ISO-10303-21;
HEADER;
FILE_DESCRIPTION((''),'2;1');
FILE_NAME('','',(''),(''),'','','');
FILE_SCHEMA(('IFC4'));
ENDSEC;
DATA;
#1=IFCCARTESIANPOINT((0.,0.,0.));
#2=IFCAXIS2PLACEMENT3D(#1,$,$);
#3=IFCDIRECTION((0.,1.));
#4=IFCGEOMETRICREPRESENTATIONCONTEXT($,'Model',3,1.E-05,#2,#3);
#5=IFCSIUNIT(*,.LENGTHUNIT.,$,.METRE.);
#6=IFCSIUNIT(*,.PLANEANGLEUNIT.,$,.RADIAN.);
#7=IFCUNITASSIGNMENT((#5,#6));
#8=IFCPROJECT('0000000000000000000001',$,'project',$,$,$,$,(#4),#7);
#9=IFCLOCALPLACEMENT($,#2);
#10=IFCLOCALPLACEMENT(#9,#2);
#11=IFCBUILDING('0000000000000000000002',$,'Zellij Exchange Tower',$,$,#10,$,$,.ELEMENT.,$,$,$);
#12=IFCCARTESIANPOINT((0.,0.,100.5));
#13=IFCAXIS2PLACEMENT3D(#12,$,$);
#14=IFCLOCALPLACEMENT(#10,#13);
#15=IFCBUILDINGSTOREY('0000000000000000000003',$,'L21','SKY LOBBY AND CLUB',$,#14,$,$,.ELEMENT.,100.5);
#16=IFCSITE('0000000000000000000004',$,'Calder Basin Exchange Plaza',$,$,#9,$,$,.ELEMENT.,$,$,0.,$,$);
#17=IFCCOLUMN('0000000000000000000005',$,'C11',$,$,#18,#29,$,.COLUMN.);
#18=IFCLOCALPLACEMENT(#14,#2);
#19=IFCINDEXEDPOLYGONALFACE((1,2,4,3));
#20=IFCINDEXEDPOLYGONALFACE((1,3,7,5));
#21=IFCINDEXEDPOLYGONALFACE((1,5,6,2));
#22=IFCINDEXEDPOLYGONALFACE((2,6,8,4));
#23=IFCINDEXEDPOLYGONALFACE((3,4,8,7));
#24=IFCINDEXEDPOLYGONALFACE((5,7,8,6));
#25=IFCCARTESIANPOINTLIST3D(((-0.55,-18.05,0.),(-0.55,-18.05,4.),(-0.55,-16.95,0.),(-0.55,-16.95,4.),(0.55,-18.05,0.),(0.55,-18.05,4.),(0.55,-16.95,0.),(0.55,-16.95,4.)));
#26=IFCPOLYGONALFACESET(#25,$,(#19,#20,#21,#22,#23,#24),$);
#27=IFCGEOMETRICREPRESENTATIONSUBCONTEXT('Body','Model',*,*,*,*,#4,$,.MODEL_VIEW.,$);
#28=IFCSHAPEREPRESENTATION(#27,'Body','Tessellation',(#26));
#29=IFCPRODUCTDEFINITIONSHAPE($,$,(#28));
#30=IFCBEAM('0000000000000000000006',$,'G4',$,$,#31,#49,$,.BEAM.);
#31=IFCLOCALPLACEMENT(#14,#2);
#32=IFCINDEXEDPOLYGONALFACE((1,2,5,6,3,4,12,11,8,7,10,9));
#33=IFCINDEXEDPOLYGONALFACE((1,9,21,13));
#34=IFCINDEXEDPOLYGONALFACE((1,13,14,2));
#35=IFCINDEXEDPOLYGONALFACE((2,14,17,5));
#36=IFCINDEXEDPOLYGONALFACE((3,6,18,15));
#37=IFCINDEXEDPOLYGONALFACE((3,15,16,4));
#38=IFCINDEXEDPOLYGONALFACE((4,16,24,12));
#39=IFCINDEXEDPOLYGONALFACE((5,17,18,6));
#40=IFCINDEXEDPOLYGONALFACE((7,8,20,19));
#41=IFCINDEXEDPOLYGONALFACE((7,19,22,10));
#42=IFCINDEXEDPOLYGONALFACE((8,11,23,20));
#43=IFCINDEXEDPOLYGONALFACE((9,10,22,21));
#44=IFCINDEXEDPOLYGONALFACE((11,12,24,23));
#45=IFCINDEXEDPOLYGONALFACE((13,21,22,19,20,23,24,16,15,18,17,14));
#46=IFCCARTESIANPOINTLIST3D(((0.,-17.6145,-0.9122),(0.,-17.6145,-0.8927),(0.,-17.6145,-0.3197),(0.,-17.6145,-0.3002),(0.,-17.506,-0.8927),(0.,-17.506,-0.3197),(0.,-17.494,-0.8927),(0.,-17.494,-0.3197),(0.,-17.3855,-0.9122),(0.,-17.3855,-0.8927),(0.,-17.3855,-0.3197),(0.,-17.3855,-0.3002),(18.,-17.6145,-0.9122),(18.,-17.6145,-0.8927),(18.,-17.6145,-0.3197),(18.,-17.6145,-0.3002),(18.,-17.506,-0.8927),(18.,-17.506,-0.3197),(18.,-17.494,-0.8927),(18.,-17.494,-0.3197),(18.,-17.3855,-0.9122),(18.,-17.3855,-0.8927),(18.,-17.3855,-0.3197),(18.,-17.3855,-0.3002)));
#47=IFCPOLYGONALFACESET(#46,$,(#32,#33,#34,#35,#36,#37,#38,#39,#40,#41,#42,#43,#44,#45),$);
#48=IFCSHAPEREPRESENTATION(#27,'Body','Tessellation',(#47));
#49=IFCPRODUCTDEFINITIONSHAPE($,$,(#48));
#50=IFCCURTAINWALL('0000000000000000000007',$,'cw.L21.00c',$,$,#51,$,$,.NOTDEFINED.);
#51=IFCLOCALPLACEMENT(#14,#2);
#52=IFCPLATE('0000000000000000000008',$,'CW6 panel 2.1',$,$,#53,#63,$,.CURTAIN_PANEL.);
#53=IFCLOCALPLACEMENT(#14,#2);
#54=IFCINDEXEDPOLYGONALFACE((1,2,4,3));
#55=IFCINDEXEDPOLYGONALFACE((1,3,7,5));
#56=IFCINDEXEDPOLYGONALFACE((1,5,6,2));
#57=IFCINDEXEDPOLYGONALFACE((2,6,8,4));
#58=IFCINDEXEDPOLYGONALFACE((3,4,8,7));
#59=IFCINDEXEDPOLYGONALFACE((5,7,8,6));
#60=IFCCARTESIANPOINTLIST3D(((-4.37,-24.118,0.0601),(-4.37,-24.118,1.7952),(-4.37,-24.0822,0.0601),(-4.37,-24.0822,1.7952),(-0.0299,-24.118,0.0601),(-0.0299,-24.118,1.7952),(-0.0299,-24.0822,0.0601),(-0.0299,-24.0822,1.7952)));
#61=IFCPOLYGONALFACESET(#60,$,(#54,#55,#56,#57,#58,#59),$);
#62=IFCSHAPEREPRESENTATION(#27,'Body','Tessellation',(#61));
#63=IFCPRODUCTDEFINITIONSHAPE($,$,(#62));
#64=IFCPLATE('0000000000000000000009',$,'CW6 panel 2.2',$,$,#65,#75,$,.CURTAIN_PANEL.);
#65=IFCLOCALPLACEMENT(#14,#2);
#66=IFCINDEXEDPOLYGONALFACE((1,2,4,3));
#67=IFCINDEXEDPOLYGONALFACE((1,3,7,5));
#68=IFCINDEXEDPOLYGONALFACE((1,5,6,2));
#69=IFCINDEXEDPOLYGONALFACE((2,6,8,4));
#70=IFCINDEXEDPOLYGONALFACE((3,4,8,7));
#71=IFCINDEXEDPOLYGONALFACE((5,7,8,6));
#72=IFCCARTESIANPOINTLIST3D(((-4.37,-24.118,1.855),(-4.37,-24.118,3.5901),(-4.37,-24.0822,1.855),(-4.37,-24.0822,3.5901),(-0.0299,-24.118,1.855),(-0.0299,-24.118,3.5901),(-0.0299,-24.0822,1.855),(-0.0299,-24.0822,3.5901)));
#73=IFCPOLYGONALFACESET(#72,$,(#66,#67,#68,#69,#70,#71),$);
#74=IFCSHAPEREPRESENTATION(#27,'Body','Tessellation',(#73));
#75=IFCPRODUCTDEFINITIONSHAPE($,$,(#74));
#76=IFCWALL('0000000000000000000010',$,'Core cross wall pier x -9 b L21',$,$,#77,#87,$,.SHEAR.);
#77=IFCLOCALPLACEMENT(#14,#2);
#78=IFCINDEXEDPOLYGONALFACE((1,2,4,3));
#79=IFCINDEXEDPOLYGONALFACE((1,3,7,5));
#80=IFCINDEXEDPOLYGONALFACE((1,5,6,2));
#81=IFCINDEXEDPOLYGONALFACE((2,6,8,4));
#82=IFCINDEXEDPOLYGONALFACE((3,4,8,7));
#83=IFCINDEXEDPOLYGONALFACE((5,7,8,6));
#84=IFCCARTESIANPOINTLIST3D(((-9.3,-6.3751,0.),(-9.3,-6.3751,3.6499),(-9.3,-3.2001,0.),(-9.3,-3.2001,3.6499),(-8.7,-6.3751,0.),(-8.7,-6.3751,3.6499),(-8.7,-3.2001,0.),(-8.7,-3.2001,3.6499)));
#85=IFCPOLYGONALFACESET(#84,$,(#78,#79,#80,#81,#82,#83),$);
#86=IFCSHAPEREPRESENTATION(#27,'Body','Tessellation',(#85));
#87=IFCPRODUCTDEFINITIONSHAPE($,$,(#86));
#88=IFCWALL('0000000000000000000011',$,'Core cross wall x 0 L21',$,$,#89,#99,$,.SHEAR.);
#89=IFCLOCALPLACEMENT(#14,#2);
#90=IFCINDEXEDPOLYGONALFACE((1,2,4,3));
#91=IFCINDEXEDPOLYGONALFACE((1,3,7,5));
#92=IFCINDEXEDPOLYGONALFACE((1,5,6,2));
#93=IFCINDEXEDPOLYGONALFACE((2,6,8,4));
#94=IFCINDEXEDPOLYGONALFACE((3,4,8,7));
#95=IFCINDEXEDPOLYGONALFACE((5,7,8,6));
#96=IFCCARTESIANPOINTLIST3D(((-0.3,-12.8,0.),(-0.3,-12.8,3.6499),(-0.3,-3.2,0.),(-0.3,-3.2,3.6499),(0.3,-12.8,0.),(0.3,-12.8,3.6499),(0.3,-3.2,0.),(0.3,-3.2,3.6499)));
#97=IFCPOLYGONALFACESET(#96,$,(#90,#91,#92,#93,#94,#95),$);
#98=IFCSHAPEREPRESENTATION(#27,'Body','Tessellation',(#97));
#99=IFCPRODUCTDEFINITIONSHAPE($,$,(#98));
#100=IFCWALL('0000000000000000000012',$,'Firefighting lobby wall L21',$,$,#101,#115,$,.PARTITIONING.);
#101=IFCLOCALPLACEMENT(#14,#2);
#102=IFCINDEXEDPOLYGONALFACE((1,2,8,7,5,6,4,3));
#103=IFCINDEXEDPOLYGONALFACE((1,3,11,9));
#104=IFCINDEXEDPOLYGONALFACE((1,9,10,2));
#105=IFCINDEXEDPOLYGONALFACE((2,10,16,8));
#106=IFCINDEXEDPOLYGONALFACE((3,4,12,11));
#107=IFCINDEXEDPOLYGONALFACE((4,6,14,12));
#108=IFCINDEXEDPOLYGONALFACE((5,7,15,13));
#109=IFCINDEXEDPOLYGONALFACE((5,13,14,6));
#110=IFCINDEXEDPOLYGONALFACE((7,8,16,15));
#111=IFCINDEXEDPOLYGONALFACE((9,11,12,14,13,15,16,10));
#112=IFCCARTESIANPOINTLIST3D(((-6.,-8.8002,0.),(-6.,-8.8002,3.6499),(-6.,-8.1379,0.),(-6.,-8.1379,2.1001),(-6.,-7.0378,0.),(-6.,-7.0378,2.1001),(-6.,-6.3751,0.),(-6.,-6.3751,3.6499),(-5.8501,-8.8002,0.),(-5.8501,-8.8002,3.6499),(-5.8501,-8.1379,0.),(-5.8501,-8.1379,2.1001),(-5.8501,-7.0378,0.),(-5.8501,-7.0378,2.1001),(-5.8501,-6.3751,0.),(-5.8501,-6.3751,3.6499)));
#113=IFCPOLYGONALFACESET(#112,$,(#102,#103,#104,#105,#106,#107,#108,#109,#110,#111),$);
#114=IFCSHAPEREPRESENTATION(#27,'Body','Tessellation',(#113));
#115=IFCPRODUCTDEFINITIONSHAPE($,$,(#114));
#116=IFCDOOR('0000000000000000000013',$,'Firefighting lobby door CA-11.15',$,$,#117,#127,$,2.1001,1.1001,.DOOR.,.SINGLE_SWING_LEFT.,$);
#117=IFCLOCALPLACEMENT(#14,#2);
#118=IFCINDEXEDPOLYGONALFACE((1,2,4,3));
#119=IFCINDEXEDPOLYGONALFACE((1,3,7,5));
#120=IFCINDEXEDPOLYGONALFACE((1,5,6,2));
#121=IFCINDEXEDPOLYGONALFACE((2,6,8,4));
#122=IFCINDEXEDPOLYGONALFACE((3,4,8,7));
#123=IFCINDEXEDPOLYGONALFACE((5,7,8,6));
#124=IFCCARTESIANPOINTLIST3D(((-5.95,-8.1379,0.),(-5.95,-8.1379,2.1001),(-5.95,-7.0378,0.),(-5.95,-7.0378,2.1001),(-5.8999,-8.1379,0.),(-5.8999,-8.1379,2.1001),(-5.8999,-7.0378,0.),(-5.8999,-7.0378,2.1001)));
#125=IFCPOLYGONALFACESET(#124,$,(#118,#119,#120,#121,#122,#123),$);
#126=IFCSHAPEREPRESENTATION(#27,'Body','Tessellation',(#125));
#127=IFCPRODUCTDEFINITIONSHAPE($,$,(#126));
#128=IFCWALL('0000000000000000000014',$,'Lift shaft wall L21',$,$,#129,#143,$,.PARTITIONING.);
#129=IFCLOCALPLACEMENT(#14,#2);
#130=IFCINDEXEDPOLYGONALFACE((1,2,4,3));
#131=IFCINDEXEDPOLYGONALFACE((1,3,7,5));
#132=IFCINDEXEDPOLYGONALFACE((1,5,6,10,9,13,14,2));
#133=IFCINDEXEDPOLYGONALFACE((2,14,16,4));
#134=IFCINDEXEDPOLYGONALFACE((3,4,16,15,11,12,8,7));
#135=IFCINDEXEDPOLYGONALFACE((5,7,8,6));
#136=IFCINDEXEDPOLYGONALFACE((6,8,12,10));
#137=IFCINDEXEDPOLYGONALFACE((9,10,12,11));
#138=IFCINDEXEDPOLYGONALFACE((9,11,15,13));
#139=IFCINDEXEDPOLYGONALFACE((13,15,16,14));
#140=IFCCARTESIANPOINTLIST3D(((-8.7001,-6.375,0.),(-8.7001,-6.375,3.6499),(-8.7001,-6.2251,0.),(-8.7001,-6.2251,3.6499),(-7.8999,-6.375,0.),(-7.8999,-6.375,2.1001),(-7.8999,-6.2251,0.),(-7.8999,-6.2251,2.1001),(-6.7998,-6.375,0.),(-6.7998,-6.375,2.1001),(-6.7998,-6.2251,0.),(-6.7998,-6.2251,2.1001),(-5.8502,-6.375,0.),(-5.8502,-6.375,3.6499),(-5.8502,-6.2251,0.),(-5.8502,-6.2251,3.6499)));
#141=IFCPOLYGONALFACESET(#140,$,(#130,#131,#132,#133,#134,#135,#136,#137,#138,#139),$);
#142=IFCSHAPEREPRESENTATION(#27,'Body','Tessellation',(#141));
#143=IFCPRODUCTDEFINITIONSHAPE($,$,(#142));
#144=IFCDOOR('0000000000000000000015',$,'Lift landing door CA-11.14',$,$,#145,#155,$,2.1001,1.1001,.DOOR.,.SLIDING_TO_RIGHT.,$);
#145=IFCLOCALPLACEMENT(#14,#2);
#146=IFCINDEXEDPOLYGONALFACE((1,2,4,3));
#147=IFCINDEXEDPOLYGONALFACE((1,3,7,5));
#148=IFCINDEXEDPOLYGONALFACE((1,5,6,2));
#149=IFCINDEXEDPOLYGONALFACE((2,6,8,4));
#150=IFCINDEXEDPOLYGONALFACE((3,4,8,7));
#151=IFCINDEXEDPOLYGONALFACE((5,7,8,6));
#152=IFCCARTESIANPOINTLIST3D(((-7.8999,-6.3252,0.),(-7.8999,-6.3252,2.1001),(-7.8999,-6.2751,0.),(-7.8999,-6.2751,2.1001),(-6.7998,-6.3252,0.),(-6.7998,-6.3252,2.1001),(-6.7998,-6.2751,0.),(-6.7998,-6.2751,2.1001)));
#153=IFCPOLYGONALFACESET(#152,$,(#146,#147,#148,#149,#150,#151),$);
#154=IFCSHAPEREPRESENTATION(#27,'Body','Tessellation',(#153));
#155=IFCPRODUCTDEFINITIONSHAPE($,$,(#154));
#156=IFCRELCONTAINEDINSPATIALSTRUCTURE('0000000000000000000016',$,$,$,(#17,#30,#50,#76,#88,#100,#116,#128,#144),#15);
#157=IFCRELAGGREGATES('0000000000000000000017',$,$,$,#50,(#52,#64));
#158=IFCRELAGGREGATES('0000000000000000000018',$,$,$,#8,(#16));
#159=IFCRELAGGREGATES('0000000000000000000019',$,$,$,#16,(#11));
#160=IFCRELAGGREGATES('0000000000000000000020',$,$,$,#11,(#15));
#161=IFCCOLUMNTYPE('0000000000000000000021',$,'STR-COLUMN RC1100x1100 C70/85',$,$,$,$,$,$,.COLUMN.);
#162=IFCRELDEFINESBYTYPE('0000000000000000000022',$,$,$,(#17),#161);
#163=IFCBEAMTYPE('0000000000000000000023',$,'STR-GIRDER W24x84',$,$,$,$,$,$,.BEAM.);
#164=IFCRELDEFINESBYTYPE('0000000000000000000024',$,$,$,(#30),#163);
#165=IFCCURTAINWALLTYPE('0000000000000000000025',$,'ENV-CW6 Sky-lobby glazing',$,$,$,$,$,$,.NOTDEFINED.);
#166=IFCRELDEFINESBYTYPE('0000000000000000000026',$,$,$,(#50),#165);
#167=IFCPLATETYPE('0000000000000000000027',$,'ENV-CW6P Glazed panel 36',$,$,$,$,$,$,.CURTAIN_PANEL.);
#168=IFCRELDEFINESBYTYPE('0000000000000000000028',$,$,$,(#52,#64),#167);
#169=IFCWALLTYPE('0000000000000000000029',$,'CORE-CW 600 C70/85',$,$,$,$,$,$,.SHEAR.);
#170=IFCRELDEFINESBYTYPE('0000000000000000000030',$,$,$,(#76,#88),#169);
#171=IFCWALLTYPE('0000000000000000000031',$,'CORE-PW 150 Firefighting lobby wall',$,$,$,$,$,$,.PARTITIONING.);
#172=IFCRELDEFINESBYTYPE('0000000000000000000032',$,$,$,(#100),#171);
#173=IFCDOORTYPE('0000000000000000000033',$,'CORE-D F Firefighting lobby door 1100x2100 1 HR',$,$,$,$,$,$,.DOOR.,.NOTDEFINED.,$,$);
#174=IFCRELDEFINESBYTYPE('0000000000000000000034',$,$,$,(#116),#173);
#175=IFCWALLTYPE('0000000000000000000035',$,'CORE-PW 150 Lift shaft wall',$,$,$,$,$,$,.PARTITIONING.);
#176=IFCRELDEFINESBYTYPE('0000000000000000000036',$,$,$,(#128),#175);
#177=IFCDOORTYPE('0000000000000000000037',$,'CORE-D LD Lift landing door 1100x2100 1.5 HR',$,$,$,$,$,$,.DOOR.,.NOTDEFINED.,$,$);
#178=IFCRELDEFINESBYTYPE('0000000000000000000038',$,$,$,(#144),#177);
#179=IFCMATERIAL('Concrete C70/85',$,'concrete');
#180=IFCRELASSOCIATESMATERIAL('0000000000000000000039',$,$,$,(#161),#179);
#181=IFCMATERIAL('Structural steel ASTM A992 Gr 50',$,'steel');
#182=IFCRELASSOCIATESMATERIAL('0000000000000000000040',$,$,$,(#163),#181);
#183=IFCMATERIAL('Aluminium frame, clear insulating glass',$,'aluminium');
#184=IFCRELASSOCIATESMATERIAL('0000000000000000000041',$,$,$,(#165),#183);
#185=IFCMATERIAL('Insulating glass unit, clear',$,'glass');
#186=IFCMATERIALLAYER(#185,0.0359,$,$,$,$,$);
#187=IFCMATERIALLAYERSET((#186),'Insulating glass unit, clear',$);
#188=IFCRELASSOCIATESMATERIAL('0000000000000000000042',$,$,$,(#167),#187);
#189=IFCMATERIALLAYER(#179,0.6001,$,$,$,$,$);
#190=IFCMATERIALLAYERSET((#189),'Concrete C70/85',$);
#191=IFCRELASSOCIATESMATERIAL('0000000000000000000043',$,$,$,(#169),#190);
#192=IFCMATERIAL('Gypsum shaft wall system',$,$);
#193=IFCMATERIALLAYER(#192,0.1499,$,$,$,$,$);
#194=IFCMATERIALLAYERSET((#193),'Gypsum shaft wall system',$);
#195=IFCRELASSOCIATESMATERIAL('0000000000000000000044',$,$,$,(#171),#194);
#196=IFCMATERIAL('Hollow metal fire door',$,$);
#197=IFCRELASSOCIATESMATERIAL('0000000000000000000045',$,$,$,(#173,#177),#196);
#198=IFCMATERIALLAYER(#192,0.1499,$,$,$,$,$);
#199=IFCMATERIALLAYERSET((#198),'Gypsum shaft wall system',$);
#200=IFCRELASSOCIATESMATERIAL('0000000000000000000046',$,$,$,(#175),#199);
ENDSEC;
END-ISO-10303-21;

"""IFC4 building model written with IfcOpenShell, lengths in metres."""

from ifc_helpers import new_model, si_unit, direction, frame, frame_2d, origin, origin_2d, place, context, subcontext, project, spatial, rectangle, i_section, extrude, material, layer, layer_set, material_profile, profile_set, type_object, element, fill, aggregate, save


model = new_model("IFC4")

# Units and contexts
model_context = context("Model", 3, precision=1e-05, world=origin(), true_north=direction((0.0, 1.0)))
body_context = subcontext(model_context, "Body", "Model", "MODEL_VIEW")
ifc_project = project(units=[si_unit("LENGTHUNIT", "METRE"), si_unit("PLANEANGLEUNIT", "RADIAN")], contexts=[model_context])

# Site, building, storey
site_placement = place(None, origin())
site = spatial("IfcSite", under=ifc_project, at=site_placement, Name="Calder Basin Exchange Plaza", CompositionType="ELEMENT", RefElevation=0.0)
building_placement = place(site_placement, origin())
building = spatial("IfcBuilding", under=site, at=building_placement, Name="Zellij Exchange Tower", CompositionType="ELEMENT")
storey_placement = place(building_placement, frame((0.0, 0.0, 100.5)))
storey = spatial("IfcBuildingStorey", under=building, at=storey_placement, Name="L21", Description="SKY LOBBY AND CLUB", CompositionType="ELEMENT", Elevation=100.5)

# Column
ifc_material_1 = material(Name="Concrete C70/85", Category="concrete")
ifc_material_profile_1 = material_profile(ifc_material_1, rectangle(XDim=1.1001, YDim=1.1001, at=origin_2d()), Name="STR-COLUMN RC1100x1100 C70/85")
ifc_profile_set_1 = profile_set([ifc_material_profile_1], Name="Concrete C70/85")
column_type = type_object("IfcColumnType", Name="STR-COLUMN RC1100x1100 C70/85", PredefinedType="COLUMN", material=ifc_profile_set_1)
column_placement = place(storey_placement, frame((0.0, -17.5, 0.0), z_axis=(0.0, 0.0, 1.0), x_axis=(1.0, 0.0, 0.0)))
element("IfcColumn", 1, at=column_placement, inside=storey, type_object=column_type, Name="C11", PredefinedType="COLUMN", context=body_context, shape_type="SweptSolid", body=[
    extrude(rectangle(XDim=1.1001, YDim=1.1001, at=origin_2d()), origin(), (0.0, 0.0, 1.0), 4.0),
])

# Beam
ifc_material_2 = material(Name="Structural steel ASTM A992 Gr 50", Category="steel")
ifc_material_profile_2 = material_profile(ifc_material_2, i_section(OverallWidth=0.229, OverallDepth=0.6121, WebThickness=0.012, FlangeThickness=0.0195, at=origin_2d()), Name="W24x84")
ifc_profile_set_2 = profile_set([ifc_material_profile_2], Name="Structural steel ASTM A992 Gr 50")
beam_type = type_object("IfcBeamType", Name="STR-GIRDER W24x84", PredefinedType="BEAM", material=ifc_profile_set_2)
beam_placement = place(storey_placement, frame((0.0, -17.5, -0.6062), z_axis=(1.0, 0.0, 0.0), x_axis=(0.0, 1.0, 0.0)))
element("IfcBeam", 2, at=beam_placement, inside=storey, type_object=beam_type, Name="G4", PredefinedType="BEAM", context=body_context, shape_type="SweptSolid", body=[
    extrude(i_section(OverallWidth=0.229, OverallDepth=0.6121, WebThickness=0.012, FlangeThickness=0.0195, at=origin_2d()), origin(), (0.0, 0.0, 1.0), 18.0),
])

# Curtain wall, plates
ifc_material_3 = material(Name="Aluminium frame, clear insulating glass", Category="aluminium")
curtain_wall_type = type_object("IfcCurtainWallType", Name="ENV-CW6 Sky-lobby glazing", PredefinedType="NOTDEFINED", material=ifc_material_3)
curtain_wall_placement = place(storey_placement, origin())
curtain_wall = element("IfcCurtainWall", 3, at=curtain_wall_placement, inside=storey, type_object=curtain_wall_type, Name="cw.L21.00c", PredefinedType="NOTDEFINED")
ifc_material_4 = material(Name="Insulating glass unit, clear", Category="glass")
ifc_layer_1 = layer(ifc_material_4, 0.0359)
ifc_layer_set_1 = layer_set([ifc_layer_1], Name="Insulating glass unit, clear")
plate_type = type_object("IfcPlateType", Name="ENV-CW6P Glazed panel 36", PredefinedType="CURTAIN_PANEL", material=ifc_layer_set_1)
plate_1_placement = place(storey_placement, frame((-2.2, -24.1001, 0.0601), z_axis=(0.0, 0.0, 1.0), x_axis=(1.0, 0.0, 0.0)))
plate_1 = element("IfcPlate", 4, at=plate_1_placement, type_object=plate_type, Name="CW6 panel 2.1", PredefinedType="CURTAIN_PANEL", context=body_context, shape_type="SweptSolid", body=[
    extrude(rectangle(XDim=4.3401, YDim=0.0359, at=origin_2d()), origin(), (0.0, 0.0, 1.0), 1.7351),
])
plate_2_placement = place(storey_placement, frame((-2.2, -24.1001, 1.855), z_axis=(0.0, 0.0, 1.0), x_axis=(1.0, 0.0, 0.0)))
plate_2 = element("IfcPlate", 5, at=plate_2_placement, type_object=plate_type, Name="CW6 panel 2.2", PredefinedType="CURTAIN_PANEL", context=body_context, shape_type="SweptSolid", body=[
    extrude(rectangle(XDim=4.3401, YDim=0.0359, at=origin_2d()), origin(), (0.0, 0.0, 1.0), 1.7351),
])
aggregate(curtain_wall, [plate_1, plate_2])

# Walls
ifc_layer_2 = layer(ifc_material_1, 0.6001)
ifc_layer_set_2 = layer_set([ifc_layer_2], Name="Concrete C70/85")
wall_type_1 = type_object("IfcWallType", Name="CORE-CW 600 C70/85", PredefinedType="SHEAR", material=ifc_layer_set_2)
wall_1_placement = place(storey_placement, frame((-9.0, -6.375, 0.0), z_axis=(0.0, 0.0, 1.0), x_axis=(0.0, 1.0, 0.0)))
element("IfcWall", 6, at=wall_1_placement, inside=storey, type_object=wall_type_1, Name="Core cross wall pier x -9 b L21", PredefinedType="SHEAR", context=body_context, shape_type="SweptSolid", body=[
    extrude(rectangle(XDim=3.175, YDim=0.6001, at=frame_2d((1.5874, 0.0))), origin(), (0.0, 0.0, 1.0), 3.6499),
])
wall_2_placement = place(storey_placement, frame((0.0, -12.8, 0.0), z_axis=(0.0, 0.0, 1.0), x_axis=(0.0, 1.0, 0.0)))
element("IfcWall", 7, at=wall_2_placement, inside=storey, type_object=wall_type_1, Name="Core cross wall x 0 L21", PredefinedType="SHEAR", context=body_context, shape_type="SweptSolid", body=[
    extrude(rectangle(XDim=9.6001, YDim=0.6001, at=frame_2d((4.8, 0.0))), origin(), (0.0, 0.0, 1.0), 3.6499),
])

# Walls, openings, doors
ifc_material_5 = material(Name="Gypsum shaft wall system")
ifc_layer_3 = layer(ifc_material_5, 0.1499)
ifc_layer_set_3 = layer_set([ifc_layer_3], Name="Gypsum shaft wall system")
wall_type_2 = type_object("IfcWallType", Name="CORE-PW 150 Firefighting lobby wall", PredefinedType="PARTITIONING", material=ifc_layer_set_3)
wall_3_placement = place(storey_placement, frame((-5.925, -8.8, 0.0), z_axis=(0.0, 0.0, 1.0), x_axis=(0.0, 1.0, 0.0)))
wall_3 = element("IfcWall", 8, at=wall_3_placement, inside=storey, type_object=wall_type_2, Name="Firefighting lobby wall L21", PredefinedType="PARTITIONING", context=body_context, shape_type="SweptSolid", body=[
    extrude(rectangle(XDim=2.425, YDim=0.1499, at=frame_2d((1.2124, 0.0))), origin(), (0.0, 0.0, 1.0), 3.6499),
])
opening_1_placement = place(wall_3_placement, frame((0.6621, 0.0, 0.0)))
opening_1 = element("IfcOpeningElement", 9, at=opening_1_placement, cuts=wall_3, PredefinedType="OPENING", context=body_context, shape_type="SweptSolid", body=[
    extrude(rectangle(XDim=1.1001, YDim=2.1001, at=frame_2d((0.55, 1.05))), frame((0.0, 0.0869, 0.0), z_axis=(0.0, -1.0, 0.0), x_axis=(1.0, 0.0, 0.0)), (0.0, 0.0, 1.0), 0.1738),
])
ifc_material_6 = material(Name="Hollow metal fire door")
door_type_1 = type_object("IfcDoorType", Name="CORE-D F Firefighting lobby door 1100x2100 1 HR", OperationType="NOTDEFINED", PredefinedType="DOOR", material=ifc_material_6)
door_1_placement = place(opening_1_placement, origin())
door_1 = element("IfcDoor", 10, at=door_1_placement, inside=storey, type_object=door_type_1, Name="Firefighting lobby door CA-11.15", OperationType="SINGLE_SWING_LEFT", OverallHeight=2.1001, OverallWidth=1.1001, PredefinedType="DOOR", context=body_context, shape_type="SweptSolid", body=[
    extrude(rectangle(XDim=1.1001, YDim=2.1001, at=frame_2d((0.55, 1.05))), frame((0.0, 0.0249, 0.0), z_axis=(0.0, -1.0, 0.0), x_axis=(1.0, 0.0, 0.0)), (0.0, 0.0, 1.0), 0.05),
])
fill(opening_1, door_1)
ifc_layer_4 = layer(ifc_material_5, 0.1499)
ifc_layer_set_4 = layer_set([ifc_layer_4], Name="Gypsum shaft wall system")
wall_type_3 = type_object("IfcWallType", Name="CORE-PW 150 Lift shaft wall", PredefinedType="PARTITIONING", material=ifc_layer_set_4)
wall_4_placement = place(storey_placement, frame((-8.7, -6.3, 0.0), z_axis=(0.0, 0.0, 1.0), x_axis=(1.0, 0.0, 0.0)))
wall_4 = element("IfcWall", 11, at=wall_4_placement, inside=storey, type_object=wall_type_3, Name="Lift shaft wall L21", PredefinedType="PARTITIONING", context=body_context, shape_type="SweptSolid", body=[
    extrude(rectangle(XDim=2.8499, YDim=0.1499, at=frame_2d((1.4248, 0.0))), origin(), (0.0, 0.0, 1.0), 3.6499),
])
opening_2_placement = place(wall_4_placement, frame((0.8, 0.0, 0.0)))
opening_2 = element("IfcOpeningElement", 12, at=opening_2_placement, cuts=wall_4, PredefinedType="OPENING", context=body_context, shape_type="SweptSolid", body=[
    extrude(rectangle(XDim=1.1001, YDim=2.1001, at=frame_2d((0.55, 1.05))), frame((0.0, 0.0869, 0.0), z_axis=(0.0, -1.0, 0.0), x_axis=(1.0, 0.0, 0.0)), (0.0, 0.0, 1.0), 0.1738),
])
door_type_2 = type_object("IfcDoorType", Name="CORE-D LD Lift landing door 1100x2100 1.5 HR", OperationType="NOTDEFINED", PredefinedType="DOOR", material=ifc_material_6)
door_2_placement = place(opening_2_placement, origin())
door_2 = element("IfcDoor", 13, at=door_2_placement, inside=storey, type_object=door_type_2, Name="Lift landing door CA-11.14", OperationType="SLIDING_TO_RIGHT", OverallHeight=2.1001, OverallWidth=1.1001, PredefinedType="DOOR", context=body_context, shape_type="SweptSolid", body=[
    extrude(rectangle(XDim=1.1001, YDim=2.1001, at=frame_2d((0.55, 1.05))), frame((0.0, 0.0249, 0.0), z_axis=(0.0, -1.0, 0.0), x_axis=(1.0, 0.0, 0.0)), (0.0, 0.0, 1.0), 0.05),
])
fill(opening_2, door_2)

save(model, "model.ifc")
